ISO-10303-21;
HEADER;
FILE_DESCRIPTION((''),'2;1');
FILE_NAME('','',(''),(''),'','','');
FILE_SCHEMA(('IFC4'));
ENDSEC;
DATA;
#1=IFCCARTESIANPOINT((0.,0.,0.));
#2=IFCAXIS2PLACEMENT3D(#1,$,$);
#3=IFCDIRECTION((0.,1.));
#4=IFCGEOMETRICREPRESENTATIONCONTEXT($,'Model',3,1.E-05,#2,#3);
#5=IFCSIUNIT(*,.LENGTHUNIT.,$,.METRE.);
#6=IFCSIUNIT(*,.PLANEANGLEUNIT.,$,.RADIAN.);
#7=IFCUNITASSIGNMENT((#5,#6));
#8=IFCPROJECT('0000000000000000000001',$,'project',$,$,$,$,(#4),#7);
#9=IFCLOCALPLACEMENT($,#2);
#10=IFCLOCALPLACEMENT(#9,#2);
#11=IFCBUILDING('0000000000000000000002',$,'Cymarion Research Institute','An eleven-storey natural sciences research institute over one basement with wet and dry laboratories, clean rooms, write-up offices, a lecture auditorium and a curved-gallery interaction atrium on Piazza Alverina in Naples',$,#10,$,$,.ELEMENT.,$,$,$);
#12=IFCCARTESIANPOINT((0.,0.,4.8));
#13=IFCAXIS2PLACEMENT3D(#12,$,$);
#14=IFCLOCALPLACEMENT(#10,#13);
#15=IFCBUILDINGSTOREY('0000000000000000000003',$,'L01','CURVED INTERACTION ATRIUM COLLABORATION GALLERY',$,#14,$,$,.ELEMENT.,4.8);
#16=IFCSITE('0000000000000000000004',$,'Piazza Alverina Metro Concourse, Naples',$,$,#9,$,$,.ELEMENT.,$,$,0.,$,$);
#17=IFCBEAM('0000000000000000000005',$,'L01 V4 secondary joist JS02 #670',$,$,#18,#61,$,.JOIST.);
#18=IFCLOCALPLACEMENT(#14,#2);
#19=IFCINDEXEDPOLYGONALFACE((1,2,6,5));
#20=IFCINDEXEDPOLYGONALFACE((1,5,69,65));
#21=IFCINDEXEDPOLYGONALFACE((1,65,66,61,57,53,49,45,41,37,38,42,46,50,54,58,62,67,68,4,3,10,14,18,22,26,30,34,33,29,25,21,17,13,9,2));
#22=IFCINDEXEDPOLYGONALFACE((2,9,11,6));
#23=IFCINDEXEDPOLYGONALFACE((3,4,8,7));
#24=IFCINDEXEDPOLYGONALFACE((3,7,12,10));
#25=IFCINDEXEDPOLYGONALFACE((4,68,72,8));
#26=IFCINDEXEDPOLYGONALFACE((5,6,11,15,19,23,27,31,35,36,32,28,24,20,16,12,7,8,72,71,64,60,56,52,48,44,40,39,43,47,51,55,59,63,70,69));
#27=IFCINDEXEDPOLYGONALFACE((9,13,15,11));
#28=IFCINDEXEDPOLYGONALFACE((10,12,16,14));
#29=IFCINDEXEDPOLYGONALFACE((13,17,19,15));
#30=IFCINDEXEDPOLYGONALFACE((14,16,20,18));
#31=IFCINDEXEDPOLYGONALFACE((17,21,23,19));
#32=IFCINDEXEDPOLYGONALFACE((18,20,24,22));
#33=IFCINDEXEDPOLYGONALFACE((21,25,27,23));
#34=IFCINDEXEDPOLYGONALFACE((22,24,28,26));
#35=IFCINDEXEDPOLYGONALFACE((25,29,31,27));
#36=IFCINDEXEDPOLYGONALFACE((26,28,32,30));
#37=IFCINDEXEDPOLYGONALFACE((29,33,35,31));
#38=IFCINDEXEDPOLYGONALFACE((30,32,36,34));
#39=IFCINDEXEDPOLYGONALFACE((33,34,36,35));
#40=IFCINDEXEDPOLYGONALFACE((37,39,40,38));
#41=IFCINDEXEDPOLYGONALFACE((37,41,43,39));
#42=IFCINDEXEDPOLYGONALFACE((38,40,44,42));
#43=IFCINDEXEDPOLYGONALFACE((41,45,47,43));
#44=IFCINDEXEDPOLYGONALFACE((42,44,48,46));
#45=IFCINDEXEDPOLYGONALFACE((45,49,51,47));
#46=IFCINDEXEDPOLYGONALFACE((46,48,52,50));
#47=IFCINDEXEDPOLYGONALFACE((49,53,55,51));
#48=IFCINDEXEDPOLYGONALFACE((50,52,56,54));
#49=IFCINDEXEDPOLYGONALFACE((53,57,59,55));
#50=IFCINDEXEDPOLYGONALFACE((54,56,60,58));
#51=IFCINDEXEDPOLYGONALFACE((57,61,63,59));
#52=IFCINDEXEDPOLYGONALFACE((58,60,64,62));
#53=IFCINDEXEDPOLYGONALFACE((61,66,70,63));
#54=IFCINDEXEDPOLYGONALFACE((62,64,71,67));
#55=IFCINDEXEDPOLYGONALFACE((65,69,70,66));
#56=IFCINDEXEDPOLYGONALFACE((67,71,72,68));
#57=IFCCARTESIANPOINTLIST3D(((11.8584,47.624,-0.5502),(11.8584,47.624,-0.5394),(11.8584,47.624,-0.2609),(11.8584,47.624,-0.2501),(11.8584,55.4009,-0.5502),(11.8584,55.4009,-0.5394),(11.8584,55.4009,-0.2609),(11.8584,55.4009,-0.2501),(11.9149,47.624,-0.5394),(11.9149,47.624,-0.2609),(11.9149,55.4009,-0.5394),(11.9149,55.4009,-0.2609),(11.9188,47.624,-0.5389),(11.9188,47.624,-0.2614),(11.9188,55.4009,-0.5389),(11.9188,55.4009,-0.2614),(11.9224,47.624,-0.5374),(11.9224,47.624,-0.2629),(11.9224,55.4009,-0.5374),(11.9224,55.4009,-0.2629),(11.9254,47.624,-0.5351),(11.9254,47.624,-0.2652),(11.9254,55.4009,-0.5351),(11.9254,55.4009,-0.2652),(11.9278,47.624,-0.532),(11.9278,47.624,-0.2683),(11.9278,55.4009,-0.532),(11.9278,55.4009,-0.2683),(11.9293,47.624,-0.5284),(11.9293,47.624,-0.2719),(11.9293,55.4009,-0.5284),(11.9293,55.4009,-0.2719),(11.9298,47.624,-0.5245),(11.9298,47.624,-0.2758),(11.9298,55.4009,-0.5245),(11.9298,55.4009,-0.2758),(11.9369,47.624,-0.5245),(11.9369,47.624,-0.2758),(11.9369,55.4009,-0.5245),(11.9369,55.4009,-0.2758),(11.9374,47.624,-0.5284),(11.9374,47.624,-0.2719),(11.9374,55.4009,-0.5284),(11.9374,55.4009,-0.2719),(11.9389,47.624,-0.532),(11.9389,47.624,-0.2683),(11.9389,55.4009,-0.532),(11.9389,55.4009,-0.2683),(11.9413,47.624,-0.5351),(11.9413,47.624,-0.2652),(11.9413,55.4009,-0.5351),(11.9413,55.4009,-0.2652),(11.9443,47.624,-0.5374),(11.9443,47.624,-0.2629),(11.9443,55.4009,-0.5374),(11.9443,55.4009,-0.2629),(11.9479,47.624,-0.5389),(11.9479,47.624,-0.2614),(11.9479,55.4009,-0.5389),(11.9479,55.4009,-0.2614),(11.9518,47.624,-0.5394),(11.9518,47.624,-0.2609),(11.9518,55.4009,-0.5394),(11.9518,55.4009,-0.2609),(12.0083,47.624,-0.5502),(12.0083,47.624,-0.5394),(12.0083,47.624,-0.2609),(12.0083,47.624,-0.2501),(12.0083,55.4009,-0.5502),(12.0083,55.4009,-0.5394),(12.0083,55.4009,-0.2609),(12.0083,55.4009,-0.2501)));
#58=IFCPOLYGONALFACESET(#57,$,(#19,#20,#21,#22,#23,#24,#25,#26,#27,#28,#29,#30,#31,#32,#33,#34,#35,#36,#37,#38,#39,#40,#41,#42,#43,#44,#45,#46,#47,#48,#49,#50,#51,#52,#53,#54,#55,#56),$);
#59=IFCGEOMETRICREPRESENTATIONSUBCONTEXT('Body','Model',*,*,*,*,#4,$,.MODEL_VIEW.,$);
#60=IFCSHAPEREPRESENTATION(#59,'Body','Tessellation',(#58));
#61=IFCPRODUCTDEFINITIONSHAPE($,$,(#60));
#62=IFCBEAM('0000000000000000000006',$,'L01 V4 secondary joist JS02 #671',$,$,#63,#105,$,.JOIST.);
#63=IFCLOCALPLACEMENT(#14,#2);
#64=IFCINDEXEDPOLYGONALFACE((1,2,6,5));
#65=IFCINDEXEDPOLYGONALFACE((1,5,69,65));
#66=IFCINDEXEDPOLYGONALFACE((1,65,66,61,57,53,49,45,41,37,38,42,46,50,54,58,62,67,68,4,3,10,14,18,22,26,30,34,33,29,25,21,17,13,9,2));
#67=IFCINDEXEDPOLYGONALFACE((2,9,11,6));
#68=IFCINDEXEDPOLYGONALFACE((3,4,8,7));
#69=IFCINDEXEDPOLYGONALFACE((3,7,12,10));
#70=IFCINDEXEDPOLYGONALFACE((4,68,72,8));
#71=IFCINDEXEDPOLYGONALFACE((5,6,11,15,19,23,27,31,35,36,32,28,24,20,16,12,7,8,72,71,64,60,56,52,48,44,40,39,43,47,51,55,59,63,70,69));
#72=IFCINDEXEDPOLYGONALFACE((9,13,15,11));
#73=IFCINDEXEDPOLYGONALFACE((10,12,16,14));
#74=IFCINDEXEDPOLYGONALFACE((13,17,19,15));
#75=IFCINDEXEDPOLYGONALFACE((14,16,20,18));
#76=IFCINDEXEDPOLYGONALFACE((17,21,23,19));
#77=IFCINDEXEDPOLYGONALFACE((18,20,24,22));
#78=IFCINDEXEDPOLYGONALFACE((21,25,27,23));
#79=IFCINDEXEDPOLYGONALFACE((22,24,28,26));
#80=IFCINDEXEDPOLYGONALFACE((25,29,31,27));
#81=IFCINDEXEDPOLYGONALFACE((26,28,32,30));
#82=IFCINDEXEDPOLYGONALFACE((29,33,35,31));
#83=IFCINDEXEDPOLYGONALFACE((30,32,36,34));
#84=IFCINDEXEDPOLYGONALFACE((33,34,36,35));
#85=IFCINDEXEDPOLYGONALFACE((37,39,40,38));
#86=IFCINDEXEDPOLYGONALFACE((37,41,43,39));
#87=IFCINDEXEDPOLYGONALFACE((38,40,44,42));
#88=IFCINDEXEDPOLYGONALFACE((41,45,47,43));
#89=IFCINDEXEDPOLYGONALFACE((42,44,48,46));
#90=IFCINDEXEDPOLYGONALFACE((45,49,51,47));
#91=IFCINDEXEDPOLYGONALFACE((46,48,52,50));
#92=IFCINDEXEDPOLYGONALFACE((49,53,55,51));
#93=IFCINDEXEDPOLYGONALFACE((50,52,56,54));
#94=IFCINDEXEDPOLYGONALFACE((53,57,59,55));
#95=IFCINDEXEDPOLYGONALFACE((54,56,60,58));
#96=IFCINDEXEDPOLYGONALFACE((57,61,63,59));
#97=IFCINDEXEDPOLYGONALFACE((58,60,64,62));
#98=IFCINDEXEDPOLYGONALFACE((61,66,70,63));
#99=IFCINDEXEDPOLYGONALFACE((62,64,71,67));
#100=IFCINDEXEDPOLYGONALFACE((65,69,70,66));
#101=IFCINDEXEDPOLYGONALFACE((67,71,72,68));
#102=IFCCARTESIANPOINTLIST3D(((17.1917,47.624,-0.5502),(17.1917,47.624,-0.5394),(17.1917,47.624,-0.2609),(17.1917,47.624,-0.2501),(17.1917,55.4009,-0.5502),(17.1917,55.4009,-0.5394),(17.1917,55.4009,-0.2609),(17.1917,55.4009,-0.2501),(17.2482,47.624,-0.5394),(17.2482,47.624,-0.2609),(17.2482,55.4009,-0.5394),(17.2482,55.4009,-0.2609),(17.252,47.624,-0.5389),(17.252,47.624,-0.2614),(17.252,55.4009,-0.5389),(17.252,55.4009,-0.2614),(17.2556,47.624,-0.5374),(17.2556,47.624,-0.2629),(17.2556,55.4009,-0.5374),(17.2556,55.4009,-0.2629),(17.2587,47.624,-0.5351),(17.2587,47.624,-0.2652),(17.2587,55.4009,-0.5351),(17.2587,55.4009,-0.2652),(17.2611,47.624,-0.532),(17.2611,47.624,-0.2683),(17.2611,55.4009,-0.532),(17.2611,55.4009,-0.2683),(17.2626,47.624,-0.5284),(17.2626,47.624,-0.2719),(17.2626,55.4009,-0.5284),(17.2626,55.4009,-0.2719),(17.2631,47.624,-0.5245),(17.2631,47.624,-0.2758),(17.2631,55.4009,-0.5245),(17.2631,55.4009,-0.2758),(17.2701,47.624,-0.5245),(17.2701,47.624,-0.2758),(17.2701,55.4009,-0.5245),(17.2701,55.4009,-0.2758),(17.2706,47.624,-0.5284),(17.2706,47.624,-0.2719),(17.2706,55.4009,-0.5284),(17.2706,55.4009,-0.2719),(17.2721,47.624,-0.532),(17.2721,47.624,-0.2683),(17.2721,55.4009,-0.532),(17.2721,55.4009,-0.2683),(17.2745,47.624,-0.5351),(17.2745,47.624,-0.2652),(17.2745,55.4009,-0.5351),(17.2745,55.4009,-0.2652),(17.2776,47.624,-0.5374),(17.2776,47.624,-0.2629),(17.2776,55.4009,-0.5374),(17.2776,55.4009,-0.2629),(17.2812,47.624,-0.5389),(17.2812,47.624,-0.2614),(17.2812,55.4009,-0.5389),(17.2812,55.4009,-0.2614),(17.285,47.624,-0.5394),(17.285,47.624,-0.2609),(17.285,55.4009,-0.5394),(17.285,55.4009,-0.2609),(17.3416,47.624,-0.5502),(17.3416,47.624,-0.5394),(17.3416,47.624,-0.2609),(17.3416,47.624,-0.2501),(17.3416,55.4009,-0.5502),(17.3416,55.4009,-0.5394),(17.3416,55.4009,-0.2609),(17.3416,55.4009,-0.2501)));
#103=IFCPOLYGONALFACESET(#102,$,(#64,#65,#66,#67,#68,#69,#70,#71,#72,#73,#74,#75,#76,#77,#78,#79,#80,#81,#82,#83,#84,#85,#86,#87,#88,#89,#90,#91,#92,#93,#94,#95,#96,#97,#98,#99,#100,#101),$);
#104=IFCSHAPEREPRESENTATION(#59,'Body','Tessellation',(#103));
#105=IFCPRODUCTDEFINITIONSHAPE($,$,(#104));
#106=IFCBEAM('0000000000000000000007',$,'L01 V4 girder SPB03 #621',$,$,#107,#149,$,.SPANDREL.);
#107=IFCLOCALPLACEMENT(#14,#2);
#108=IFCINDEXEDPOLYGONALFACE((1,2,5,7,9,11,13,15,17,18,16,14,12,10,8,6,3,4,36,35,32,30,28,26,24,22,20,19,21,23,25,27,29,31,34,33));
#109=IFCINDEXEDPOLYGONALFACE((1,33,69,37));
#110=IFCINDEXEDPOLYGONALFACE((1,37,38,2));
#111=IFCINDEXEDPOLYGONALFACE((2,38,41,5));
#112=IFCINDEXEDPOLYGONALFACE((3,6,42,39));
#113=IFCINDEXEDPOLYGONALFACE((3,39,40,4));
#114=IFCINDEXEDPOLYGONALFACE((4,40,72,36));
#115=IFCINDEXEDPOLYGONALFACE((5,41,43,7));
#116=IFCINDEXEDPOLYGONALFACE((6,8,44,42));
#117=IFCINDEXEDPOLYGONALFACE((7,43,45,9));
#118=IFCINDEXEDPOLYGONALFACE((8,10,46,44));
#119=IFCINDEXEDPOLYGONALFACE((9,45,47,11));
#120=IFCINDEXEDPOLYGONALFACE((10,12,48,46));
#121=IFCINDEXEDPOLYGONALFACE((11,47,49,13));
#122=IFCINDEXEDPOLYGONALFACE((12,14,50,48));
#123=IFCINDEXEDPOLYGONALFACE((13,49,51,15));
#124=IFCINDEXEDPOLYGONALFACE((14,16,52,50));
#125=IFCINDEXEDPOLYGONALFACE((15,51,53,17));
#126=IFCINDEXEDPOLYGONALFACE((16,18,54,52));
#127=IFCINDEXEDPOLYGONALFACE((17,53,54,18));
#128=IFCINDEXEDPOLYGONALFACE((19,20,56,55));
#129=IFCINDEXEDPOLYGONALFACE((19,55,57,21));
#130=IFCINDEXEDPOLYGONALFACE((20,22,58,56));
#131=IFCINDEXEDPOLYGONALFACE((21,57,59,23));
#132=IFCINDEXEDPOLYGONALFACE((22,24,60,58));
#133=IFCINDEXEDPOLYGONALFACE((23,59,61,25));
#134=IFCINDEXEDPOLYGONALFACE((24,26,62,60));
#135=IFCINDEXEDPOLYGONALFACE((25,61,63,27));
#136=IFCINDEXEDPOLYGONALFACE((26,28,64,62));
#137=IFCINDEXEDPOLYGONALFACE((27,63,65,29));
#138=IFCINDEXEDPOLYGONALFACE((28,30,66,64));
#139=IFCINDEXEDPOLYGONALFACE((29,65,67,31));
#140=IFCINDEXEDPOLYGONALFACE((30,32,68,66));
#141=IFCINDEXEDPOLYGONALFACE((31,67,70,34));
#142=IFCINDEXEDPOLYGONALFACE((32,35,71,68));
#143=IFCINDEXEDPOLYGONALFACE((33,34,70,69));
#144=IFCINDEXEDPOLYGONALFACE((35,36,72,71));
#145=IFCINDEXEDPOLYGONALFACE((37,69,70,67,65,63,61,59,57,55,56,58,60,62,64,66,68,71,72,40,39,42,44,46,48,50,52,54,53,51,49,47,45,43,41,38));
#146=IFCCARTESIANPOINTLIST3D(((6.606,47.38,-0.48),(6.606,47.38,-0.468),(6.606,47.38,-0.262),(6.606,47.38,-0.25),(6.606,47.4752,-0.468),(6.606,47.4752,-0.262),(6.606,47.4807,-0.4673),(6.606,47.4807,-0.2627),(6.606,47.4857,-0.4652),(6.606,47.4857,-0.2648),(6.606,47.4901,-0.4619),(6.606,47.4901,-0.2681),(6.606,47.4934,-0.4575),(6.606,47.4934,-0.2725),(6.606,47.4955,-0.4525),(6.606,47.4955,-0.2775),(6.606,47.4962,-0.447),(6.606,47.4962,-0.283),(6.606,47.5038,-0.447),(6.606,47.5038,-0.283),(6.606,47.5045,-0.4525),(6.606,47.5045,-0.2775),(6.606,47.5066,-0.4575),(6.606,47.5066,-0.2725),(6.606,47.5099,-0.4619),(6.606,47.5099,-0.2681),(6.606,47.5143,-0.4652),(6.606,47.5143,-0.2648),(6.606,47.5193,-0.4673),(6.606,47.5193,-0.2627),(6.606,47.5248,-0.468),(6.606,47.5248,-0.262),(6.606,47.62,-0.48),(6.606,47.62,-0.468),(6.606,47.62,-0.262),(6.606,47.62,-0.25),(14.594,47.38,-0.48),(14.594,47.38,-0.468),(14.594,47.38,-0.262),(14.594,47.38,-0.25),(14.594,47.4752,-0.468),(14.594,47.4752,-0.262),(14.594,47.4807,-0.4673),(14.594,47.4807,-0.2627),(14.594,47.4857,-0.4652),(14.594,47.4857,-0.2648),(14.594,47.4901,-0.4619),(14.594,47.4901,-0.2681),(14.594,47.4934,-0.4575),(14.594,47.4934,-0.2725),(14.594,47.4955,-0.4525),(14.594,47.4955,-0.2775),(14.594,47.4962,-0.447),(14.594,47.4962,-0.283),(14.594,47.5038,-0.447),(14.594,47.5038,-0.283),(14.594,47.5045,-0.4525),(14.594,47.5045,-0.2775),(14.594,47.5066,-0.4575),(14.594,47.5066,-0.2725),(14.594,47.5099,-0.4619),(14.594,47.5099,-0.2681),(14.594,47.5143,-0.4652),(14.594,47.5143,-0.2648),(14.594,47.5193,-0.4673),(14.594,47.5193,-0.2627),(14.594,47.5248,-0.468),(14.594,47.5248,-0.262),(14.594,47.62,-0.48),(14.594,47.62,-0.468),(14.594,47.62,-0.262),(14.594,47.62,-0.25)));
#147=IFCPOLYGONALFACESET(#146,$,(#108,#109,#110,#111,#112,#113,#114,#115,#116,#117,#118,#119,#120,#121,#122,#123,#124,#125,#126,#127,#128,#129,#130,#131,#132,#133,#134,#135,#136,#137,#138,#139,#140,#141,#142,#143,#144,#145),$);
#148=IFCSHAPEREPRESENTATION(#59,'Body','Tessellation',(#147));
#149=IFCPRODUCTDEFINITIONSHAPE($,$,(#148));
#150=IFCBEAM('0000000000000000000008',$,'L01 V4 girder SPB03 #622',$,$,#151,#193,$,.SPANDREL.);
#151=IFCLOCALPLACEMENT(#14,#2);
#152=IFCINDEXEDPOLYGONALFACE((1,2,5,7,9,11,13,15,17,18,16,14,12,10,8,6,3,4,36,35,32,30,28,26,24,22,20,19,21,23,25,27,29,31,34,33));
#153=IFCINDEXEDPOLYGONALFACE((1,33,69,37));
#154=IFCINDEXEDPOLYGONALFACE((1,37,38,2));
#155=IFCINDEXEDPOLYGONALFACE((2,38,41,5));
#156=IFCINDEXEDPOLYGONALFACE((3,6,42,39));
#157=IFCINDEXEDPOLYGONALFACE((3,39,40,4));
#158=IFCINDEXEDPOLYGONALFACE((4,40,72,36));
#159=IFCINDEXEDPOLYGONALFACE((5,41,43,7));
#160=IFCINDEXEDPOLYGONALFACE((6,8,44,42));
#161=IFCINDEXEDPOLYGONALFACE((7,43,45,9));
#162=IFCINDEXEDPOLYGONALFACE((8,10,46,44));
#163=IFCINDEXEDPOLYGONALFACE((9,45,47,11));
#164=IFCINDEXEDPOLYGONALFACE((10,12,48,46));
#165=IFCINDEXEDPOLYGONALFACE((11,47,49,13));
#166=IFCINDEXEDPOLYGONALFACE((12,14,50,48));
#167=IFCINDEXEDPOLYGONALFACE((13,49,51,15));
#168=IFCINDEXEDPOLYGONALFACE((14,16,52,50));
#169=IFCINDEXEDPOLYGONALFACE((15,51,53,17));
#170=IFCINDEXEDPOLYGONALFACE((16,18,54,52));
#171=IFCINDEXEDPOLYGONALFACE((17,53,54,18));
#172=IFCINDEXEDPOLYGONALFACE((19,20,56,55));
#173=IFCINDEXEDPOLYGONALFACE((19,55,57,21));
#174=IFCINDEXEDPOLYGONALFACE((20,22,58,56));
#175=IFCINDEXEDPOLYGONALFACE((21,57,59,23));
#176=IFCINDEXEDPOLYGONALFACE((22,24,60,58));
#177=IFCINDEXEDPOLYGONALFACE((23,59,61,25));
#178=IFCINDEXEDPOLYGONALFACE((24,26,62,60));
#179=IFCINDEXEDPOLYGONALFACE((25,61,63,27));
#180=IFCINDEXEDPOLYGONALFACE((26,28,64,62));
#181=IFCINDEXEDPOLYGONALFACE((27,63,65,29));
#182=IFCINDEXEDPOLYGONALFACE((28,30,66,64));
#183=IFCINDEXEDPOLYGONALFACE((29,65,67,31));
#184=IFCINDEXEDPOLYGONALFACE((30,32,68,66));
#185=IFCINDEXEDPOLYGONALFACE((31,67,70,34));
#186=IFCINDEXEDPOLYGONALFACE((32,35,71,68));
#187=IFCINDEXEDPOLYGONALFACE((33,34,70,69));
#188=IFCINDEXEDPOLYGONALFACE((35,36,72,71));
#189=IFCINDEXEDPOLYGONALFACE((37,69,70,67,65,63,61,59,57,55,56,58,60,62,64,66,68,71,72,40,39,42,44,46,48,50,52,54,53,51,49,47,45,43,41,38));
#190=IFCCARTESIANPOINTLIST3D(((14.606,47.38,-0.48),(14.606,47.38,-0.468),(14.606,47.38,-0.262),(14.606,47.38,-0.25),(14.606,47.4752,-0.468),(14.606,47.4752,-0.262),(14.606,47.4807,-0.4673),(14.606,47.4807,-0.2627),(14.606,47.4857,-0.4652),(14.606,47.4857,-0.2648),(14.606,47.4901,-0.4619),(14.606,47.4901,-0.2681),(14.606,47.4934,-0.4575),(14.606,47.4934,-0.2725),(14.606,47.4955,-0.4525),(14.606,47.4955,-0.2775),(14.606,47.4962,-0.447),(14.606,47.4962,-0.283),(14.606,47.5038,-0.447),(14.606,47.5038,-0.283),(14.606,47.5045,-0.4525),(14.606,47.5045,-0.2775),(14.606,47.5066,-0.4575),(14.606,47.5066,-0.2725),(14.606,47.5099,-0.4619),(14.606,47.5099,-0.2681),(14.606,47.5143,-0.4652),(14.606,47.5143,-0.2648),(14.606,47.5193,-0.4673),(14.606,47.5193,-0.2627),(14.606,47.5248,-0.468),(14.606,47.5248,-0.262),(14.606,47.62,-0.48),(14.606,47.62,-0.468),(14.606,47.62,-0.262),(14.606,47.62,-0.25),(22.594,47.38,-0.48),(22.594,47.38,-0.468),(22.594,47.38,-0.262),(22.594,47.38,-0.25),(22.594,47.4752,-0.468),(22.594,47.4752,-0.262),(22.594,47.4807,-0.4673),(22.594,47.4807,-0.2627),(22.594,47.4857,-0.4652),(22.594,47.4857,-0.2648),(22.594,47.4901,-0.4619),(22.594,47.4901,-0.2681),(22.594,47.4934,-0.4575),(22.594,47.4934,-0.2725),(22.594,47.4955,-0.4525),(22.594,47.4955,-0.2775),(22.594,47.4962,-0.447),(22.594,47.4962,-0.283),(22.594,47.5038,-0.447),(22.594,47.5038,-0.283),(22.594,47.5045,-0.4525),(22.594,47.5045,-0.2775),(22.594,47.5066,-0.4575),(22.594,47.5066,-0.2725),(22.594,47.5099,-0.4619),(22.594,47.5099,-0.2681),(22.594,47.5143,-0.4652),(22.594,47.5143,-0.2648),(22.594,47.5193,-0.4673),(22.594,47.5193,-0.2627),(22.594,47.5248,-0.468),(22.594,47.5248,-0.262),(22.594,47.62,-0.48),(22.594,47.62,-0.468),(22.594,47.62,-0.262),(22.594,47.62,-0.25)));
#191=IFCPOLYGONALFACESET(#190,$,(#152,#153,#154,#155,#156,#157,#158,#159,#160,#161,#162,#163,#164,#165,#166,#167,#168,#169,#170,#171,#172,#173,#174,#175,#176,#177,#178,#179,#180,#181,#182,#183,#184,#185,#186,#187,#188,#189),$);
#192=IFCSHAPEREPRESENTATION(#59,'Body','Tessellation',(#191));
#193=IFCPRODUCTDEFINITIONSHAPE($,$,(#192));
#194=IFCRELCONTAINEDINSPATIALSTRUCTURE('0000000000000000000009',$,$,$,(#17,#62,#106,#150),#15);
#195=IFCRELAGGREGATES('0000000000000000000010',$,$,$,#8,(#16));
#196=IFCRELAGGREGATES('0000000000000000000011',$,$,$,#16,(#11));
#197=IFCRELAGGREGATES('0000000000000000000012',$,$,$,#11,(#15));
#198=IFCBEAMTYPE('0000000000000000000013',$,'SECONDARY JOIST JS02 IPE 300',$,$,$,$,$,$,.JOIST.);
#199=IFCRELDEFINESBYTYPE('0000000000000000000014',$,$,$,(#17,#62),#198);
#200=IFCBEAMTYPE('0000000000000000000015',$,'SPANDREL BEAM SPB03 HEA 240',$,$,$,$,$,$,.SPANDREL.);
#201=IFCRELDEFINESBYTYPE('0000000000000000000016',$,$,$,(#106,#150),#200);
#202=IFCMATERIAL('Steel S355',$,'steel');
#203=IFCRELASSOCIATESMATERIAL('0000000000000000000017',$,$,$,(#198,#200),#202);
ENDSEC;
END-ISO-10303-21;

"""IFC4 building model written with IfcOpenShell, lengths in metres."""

from ifc_helpers import new_model, si_unit, direction, frame, origin, origin_2d, place, context, subcontext, project, spatial, i_section, extrude, material, material_profile, profile_set, type_object, element, save


model = new_model("IFC4")

# Units and contexts
model_context = context("Model", 3, precision=1e-05, world=origin(), true_north=direction((0.0, 1.0)))
body_context = subcontext(model_context, "Body", "Model", "MODEL_VIEW")
ifc_project = project(units=[si_unit("LENGTHUNIT", "METRE"), si_unit("PLANEANGLEUNIT", "RADIAN")], contexts=[model_context])

# Site, building, storey
site_placement = place(None, origin())
site = spatial("IfcSite", under=ifc_project, at=site_placement, Name="Piazza Alverina Metro Concourse, Naples", CompositionType="ELEMENT", RefElevation=0.0)
building_placement = place(site_placement, origin())
building = spatial("IfcBuilding", under=site, at=building_placement, Name="Cymarion Research Institute", Description="An eleven-storey natural sciences research institute over one basement with wet and dry laboratories, clean rooms, write-up offices, a lecture auditorium and a curved-gallery interaction atrium on Piazza Alverina in Naples", CompositionType="ELEMENT")
storey_placement = place(building_placement, frame((0.0, 0.0, 4.8)))
storey = spatial("IfcBuildingStorey", under=building, at=storey_placement, Name="L01", Description="CURVED INTERACTION ATRIUM COLLABORATION GALLERY", CompositionType="ELEMENT", Elevation=4.8)

# Shared definitions
ifc_material_1 = material(Name="Steel S355", Category="steel")

# Beams
ifc_material_profile_1 = material_profile(ifc_material_1, i_section(OverallWidth=0.1499, OverallDepth=0.3, WebThickness=0.0071, FlangeThickness=0.0107, FilletRadius=0.0149, at=origin_2d()), Name="IPE 300")
ifc_profile_set_1 = profile_set([ifc_material_profile_1], Name="Steel S355")
beam_type_1 = type_object("IfcBeamType", Name="SECONDARY JOIST JS02 IPE 300", PredefinedType="JOIST", material=ifc_profile_set_1)
for number, where, z_axis, x_axis, name in (
    (1, (11.9333, 47.624, -0.4001), (0.0, 1.0, 0.0), (-1.0, 0.0, 0.0), "L01 V4 secondary joist JS02 #670"),
    (2, (17.2666, 47.624, -0.4001), (0.0, 1.0, 0.0), (-1.0, 0.0, 0.0), "L01 V4 secondary joist JS02 #671"),
):
    element("IfcBeam", number, at=place(storey_placement, frame(where, z_axis=z_axis, x_axis=x_axis)), inside=storey, type_object=beam_type_1, Name=name, PredefinedType="JOIST", context=body_context, shape_type="SweptSolid", body=[
        extrude(i_section(OverallWidth=0.1499, OverallDepth=0.3, WebThickness=0.0071, FlangeThickness=0.0107, FilletRadius=0.0149, at=origin_2d()), origin(), (0.0, 0.0, 1.0), 7.7769),
    ])
ifc_material_profile_2 = material_profile(ifc_material_1, i_section(OverallWidth=0.24, OverallDepth=0.23, WebThickness=0.0076, FlangeThickness=0.012, FilletRadius=0.021, at=origin_2d()), Name="HEA 240")
ifc_profile_set_2 = profile_set([ifc_material_profile_2], Name="Steel S355")
beam_type_2 = type_object("IfcBeamType", Name="SPANDREL BEAM SPB03 HEA 240", PredefinedType="SPANDREL", material=ifc_profile_set_2)
for number, where, z_axis, x_axis, name in (
    (3, (6.606, 47.5, -0.365), (1.0, 0.0, 0.0), (0.0, 1.0, 0.0), "L01 V4 girder SPB03 #621"),
    (4, (14.606, 47.5, -0.365), (1.0, 0.0, 0.0), (0.0, 1.0, 0.0), "L01 V4 girder SPB03 #622"),
):
    element("IfcBeam", number, at=place(storey_placement, frame(where, z_axis=z_axis, x_axis=x_axis)), inside=storey, type_object=beam_type_2, Name=name, PredefinedType="SPANDREL", context=body_context, shape_type="SweptSolid", body=[
        extrude(i_section(OverallWidth=0.24, OverallDepth=0.23, WebThickness=0.0076, FlangeThickness=0.012, FilletRadius=0.021, at=origin_2d()), origin(), (0.0, 0.0, 1.0), 7.988),
    ])

save(model, "model.ifc")
